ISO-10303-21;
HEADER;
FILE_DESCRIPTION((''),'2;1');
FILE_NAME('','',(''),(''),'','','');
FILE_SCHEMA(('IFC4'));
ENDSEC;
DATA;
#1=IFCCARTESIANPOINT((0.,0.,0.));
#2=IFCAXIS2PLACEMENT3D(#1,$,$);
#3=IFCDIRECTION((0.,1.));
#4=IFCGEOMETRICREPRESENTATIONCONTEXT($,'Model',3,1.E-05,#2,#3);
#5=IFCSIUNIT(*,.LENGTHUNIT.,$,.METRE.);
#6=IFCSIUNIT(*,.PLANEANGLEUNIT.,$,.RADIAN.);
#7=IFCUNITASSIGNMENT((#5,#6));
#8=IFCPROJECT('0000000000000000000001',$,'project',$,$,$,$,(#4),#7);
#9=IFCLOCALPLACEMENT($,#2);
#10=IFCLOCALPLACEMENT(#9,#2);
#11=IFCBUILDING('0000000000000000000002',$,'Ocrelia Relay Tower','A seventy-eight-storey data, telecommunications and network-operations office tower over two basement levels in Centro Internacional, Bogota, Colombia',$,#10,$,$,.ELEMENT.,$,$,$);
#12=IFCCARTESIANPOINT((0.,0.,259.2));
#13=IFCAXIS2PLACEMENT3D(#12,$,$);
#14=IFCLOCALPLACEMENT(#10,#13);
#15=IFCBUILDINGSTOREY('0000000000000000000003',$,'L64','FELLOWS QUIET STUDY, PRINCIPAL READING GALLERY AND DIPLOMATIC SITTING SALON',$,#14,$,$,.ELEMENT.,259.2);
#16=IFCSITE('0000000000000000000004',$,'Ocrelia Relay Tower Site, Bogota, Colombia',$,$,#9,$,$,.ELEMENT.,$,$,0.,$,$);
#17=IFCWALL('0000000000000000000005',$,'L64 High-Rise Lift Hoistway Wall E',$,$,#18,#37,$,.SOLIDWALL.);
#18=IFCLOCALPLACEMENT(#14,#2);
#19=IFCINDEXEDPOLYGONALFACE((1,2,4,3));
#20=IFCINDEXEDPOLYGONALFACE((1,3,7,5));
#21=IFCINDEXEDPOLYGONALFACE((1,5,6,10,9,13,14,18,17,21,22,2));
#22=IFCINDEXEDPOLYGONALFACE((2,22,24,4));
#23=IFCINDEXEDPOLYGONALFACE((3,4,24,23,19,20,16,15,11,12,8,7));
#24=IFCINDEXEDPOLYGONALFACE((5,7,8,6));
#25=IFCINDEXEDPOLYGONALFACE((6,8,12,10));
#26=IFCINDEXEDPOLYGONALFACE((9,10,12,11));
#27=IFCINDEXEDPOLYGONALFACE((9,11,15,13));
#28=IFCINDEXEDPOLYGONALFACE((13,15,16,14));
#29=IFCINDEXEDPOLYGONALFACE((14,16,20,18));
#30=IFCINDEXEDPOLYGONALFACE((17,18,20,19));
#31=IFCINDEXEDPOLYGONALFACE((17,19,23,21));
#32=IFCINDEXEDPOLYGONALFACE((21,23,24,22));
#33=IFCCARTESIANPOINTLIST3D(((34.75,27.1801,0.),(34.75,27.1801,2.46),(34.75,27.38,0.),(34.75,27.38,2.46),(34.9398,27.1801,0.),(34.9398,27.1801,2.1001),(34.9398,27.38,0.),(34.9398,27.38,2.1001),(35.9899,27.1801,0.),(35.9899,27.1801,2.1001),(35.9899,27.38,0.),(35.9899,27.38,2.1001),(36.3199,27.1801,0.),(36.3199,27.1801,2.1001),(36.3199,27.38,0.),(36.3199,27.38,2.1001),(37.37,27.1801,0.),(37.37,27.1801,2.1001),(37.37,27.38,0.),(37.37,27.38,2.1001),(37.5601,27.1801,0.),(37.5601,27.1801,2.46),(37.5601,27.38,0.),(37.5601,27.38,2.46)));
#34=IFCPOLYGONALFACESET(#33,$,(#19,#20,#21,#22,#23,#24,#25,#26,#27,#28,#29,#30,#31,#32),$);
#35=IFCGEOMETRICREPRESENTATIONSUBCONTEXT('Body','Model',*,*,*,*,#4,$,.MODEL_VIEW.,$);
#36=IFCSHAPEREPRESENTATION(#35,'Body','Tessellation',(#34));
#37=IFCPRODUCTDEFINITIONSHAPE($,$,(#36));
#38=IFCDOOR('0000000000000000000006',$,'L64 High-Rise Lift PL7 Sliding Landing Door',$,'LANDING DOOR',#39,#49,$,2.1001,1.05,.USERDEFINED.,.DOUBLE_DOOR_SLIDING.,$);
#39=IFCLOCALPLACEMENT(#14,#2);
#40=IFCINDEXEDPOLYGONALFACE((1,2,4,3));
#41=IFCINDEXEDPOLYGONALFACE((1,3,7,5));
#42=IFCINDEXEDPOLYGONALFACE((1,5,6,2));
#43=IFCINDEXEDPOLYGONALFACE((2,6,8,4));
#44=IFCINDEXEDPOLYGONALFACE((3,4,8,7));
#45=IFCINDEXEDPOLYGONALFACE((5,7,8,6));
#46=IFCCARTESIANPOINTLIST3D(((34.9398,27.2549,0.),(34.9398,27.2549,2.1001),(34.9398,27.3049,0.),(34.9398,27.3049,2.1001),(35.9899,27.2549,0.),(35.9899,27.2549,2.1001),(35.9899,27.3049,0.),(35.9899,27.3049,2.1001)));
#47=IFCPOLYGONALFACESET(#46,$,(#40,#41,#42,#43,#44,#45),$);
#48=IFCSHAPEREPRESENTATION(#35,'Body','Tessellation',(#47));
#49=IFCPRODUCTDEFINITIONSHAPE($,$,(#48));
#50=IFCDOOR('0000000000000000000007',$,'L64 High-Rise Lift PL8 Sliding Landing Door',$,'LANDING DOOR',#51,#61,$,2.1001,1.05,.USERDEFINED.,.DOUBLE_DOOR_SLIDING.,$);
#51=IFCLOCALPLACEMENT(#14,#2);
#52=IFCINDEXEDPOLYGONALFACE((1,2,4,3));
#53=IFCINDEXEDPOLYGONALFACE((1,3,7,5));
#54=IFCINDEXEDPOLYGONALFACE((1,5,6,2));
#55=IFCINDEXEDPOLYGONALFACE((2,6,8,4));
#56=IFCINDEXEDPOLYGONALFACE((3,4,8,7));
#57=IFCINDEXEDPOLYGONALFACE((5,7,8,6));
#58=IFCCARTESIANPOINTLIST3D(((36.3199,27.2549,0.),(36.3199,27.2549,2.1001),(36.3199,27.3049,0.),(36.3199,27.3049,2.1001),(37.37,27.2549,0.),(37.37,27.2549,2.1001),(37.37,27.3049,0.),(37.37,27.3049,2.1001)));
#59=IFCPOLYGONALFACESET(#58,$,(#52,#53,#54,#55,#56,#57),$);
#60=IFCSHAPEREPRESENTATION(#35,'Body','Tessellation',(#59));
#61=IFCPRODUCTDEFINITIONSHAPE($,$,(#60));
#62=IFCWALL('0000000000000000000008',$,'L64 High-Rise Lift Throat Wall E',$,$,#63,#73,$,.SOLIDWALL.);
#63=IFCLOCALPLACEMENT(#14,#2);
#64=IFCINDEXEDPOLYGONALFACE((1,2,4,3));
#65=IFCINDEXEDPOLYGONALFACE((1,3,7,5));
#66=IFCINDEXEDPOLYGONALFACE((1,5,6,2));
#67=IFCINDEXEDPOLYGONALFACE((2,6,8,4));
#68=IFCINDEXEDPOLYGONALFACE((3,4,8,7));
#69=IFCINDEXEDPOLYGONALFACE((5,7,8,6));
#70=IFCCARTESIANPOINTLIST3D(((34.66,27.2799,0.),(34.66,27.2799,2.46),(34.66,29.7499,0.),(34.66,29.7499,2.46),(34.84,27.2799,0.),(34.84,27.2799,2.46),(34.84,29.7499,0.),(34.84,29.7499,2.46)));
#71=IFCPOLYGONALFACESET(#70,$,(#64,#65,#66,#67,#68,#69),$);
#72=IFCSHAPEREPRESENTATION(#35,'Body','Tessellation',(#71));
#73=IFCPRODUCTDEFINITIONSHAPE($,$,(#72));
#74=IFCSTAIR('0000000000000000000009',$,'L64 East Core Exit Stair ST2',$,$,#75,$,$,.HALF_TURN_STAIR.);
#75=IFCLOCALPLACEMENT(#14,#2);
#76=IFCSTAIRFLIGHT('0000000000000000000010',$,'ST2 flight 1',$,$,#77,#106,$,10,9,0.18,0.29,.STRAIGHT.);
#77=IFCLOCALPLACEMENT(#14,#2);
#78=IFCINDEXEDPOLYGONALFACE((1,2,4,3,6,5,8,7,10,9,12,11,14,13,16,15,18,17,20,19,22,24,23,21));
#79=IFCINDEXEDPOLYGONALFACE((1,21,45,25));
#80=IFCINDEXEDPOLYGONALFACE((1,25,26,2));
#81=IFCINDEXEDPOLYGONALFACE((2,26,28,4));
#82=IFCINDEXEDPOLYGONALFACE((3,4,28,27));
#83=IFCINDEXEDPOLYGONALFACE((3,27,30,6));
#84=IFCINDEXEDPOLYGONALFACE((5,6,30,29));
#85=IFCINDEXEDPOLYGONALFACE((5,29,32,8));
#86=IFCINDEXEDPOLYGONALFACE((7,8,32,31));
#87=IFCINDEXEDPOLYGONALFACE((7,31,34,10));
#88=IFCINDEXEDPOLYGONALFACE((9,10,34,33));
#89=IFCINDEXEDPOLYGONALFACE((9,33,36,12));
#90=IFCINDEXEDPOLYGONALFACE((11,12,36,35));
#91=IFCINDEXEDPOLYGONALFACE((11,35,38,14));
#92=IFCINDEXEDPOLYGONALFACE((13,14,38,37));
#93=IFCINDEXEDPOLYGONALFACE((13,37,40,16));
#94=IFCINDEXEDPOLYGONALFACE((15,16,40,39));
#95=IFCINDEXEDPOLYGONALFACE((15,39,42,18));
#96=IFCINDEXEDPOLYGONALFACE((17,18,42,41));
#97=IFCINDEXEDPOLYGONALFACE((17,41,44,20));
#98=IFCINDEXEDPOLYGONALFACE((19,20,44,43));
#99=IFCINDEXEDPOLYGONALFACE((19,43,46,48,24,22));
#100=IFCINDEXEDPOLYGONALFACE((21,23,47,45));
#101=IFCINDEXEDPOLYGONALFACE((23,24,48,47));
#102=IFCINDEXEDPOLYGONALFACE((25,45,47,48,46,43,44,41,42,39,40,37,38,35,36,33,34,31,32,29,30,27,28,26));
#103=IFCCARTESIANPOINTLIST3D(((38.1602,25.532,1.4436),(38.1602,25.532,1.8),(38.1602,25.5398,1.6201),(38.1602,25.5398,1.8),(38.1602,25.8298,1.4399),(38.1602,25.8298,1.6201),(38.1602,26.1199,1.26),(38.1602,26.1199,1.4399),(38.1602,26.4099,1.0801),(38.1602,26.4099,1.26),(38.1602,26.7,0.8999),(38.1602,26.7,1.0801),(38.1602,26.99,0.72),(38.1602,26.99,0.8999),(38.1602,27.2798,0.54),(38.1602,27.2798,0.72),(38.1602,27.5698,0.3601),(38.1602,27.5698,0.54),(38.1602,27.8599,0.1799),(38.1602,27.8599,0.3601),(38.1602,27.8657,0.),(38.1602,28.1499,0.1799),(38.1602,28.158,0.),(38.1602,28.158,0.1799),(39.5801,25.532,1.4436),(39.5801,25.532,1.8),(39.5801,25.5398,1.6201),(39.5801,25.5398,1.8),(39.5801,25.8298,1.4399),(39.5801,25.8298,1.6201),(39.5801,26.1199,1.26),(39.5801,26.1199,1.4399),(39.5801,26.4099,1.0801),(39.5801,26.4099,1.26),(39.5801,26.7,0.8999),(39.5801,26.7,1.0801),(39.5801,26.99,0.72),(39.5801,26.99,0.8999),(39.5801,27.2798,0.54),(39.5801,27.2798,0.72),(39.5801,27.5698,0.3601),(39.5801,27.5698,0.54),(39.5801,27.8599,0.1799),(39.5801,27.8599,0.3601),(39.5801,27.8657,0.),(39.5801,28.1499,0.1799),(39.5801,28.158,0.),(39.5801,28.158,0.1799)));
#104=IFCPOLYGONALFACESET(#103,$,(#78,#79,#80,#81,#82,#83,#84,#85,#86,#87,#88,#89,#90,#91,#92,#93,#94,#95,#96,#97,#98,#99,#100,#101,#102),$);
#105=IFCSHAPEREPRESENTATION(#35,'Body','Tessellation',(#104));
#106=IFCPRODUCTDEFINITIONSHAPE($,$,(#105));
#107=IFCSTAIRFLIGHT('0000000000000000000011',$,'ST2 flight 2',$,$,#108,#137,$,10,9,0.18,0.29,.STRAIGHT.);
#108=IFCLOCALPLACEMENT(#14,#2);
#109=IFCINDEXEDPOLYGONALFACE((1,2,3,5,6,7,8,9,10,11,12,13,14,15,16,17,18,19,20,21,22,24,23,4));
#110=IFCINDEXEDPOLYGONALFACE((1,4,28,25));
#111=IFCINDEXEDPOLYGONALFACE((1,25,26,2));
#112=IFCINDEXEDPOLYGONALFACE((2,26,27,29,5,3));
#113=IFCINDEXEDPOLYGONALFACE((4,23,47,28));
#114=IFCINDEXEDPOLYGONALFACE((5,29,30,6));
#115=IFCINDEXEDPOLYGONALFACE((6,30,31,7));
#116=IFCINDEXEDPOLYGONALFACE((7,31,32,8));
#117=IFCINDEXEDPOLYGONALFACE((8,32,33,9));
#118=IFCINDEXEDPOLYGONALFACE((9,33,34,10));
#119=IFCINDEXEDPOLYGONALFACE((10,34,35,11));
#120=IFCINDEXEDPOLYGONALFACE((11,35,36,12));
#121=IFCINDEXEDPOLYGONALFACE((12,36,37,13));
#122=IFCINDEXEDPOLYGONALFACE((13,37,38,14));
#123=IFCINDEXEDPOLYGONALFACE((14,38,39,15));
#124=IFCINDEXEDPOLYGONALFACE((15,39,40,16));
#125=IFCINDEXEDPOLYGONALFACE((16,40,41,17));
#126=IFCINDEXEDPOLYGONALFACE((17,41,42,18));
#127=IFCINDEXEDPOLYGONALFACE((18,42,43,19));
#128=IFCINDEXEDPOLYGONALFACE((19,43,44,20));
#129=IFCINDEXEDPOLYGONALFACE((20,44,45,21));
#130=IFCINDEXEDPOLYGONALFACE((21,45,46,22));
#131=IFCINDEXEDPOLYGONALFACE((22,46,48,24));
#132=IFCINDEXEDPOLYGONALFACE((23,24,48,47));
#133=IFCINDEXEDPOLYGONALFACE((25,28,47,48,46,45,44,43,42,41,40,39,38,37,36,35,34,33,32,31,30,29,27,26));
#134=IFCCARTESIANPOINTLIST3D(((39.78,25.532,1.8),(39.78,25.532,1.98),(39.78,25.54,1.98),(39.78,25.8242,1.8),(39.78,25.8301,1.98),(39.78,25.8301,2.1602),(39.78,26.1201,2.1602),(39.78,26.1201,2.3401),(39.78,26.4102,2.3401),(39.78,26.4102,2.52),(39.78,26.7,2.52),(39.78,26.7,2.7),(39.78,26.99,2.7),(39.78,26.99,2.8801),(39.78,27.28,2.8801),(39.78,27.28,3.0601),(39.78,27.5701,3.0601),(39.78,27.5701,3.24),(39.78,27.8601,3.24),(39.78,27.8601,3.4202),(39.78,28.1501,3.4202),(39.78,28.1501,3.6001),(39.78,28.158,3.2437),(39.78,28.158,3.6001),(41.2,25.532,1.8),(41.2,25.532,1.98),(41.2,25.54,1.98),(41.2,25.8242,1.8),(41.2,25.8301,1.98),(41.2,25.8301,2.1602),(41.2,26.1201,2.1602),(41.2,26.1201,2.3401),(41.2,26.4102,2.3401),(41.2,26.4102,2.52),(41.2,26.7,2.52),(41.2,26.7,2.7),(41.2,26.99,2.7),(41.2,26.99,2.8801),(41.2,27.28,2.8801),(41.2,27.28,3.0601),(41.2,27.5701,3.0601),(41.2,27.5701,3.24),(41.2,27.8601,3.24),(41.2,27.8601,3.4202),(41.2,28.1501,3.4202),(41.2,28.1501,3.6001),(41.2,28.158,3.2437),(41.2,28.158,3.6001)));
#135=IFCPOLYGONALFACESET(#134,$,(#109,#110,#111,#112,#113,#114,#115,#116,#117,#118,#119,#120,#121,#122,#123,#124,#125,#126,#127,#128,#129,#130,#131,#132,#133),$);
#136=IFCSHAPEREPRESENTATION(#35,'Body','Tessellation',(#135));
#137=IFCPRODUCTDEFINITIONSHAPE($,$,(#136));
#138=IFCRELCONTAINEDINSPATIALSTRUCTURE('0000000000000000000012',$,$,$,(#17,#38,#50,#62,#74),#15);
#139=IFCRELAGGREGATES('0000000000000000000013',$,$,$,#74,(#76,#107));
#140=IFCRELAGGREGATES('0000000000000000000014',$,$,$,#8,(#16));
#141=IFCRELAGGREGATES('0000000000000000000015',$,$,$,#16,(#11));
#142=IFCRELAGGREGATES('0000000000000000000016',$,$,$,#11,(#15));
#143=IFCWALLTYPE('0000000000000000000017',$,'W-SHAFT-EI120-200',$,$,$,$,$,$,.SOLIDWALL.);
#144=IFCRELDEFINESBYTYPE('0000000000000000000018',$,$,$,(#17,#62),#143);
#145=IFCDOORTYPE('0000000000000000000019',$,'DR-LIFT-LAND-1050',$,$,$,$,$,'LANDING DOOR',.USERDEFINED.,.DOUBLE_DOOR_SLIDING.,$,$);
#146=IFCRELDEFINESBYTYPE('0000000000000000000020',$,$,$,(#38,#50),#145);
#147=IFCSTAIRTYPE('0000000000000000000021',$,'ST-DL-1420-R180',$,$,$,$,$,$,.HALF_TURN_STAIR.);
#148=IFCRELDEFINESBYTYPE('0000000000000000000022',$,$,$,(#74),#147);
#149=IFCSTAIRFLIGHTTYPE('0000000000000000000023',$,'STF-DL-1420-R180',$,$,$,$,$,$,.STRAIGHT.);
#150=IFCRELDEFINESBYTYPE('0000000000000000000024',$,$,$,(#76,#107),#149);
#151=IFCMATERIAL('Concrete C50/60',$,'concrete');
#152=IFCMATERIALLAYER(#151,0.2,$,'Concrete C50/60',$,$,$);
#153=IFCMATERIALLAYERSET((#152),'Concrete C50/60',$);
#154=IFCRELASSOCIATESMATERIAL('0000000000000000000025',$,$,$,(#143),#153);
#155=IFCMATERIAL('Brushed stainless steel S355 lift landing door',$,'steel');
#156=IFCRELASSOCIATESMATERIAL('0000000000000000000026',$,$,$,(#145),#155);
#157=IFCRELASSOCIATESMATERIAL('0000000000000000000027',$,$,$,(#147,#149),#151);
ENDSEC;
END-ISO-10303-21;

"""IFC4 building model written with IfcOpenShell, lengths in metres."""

from ifc_helpers import new_model, si_unit, direction, frame, frame_2d, origin, place, context, subcontext, project, spatial, polyline, rectangle, outline, extrude, material, layer, layer_set, type_object, element, fill, aggregate, save


model = new_model("IFC4")

# Units and contexts
model_context = context("Model", 3, precision=1e-05, world=origin(), true_north=direction((0.0, 1.0)))
body_context = subcontext(model_context, "Body", "Model", "MODEL_VIEW")
ifc_project = project(units=[si_unit("LENGTHUNIT", "METRE"), si_unit("PLANEANGLEUNIT", "RADIAN")], contexts=[model_context])

# Site, building, storey
site_placement = place(None, origin())
site = spatial("IfcSite", under=ifc_project, at=site_placement, Name="Ocrelia Relay Tower Site, Bogota, Colombia", CompositionType="ELEMENT", RefElevation=0.0)
building_placement = place(site_placement, origin())
building = spatial("IfcBuilding", under=site, at=building_placement, Name="Ocrelia Relay Tower", Description="A seventy-eight-storey data, telecommunications and network-operations office tower over two basement levels in Centro Internacional, Bogota, Colombia", CompositionType="ELEMENT")
storey_placement = place(building_placement, frame((0.0, 0.0, 259.2)))
storey = spatial("IfcBuildingStorey", under=building, at=storey_placement, Name="L64", Description="FELLOWS QUIET STUDY, PRINCIPAL READING GALLERY AND DIPLOMATIC SITTING SALON", CompositionType="ELEMENT", Elevation=259.2)

# Shared definitions
ifc_material_1 = material(Name="Concrete C50/60", Category="concrete")
ifc_layer_1 = layer(ifc_material_1, 0.2, Name="Concrete C50/60")
ifc_layer_set_1 = layer_set([ifc_layer_1], Name="Concrete C50/60")
wall_type_1 = type_object("IfcWallType", Name="W-SHAFT-EI120-200", PredefinedType="SOLIDWALL", material=ifc_layer_set_1)

# Wall, openings, doors
wall_1_placement = place(storey_placement, frame((34.75, 27.28, 0.0), z_axis=(0.0, 0.0, 1.0), x_axis=(1.0, 0.0, 0.0)))
wall_1 = element("IfcWall", 1, at=wall_1_placement, inside=storey, type_object=wall_type_1, Name="L64 High-Rise Lift Hoistway Wall E", PredefinedType="SOLIDWALL", context=body_context, shape_type="SweptSolid", body=[
    extrude(rectangle(XDim=2.8101, YDim=0.2, at=frame_2d((1.405, 0.0))), origin(), (0.0, 0.0, 1.0), 2.46),
])
opening_1_placement = place(wall_1_placement, frame((0.1899, 0.0, 0.0)))
opening_1 = element("IfcOpeningElement", 2, at=opening_1_placement, cuts=wall_1, PredefinedType="OPENING", context=body_context, shape_type="SweptSolid", body=[
    extrude(rectangle(XDim=1.05, YDim=2.1001, at=frame_2d((0.5249, 1.05))), frame((0.0, 0.1099, 0.0), z_axis=(0.0, -1.0, 0.0), x_axis=(1.0, 0.0, 0.0)), (0.0, 0.0, 1.0), 0.22),
])
opening_2_placement = place(wall_1_placement, frame((1.5701, 0.0, 0.0)))
opening_2 = element("IfcOpeningElement", 3, at=opening_2_placement, cuts=wall_1, PredefinedType="OPENING", context=body_context, shape_type="SweptSolid", body=[
    extrude(rectangle(XDim=1.05, YDim=2.1001, at=frame_2d((0.5249, 1.05))), frame((0.0, 0.1099, 0.0), z_axis=(0.0, -1.0, 0.0), x_axis=(1.0, 0.0, 0.0)), (0.0, 0.0, 1.0), 0.22),
])
ifc_material_2 = material(Name="Brushed stainless steel S355 lift landing door", Category="steel")
door_type = type_object("IfcDoorType", Name="DR-LIFT-LAND-1050", ElementType="LANDING DOOR", OperationType="DOUBLE_DOOR_SLIDING", PredefinedType="USERDEFINED", material=ifc_material_2)
door_1_placement = place(opening_1_placement, origin())
door_1 = element("IfcDoor", 4, at=door_1_placement, inside=storey, type_object=door_type, Name="L64 High-Rise Lift PL7 Sliding Landing Door", ObjectType="LANDING DOOR", OperationType="DOUBLE_DOOR_SLIDING", OverallHeight=2.1001, OverallWidth=1.05, PredefinedType="USERDEFINED", context=body_context, shape_type="SweptSolid", body=[
    extrude(rectangle(XDim=1.05, YDim=2.1001, at=frame_2d((0.5249, 1.05))), frame((0.0, 0.0249, 0.0), z_axis=(0.0, -1.0, 0.0), x_axis=(1.0, 0.0, 0.0)), (0.0, 0.0, 1.0), 0.05),
])
fill(opening_1, door_1)
door_2_placement = place(opening_2_placement, origin())
door_2 = element("IfcDoor", 5, at=door_2_placement, inside=storey, type_object=door_type, Name="L64 High-Rise Lift PL8 Sliding Landing Door", ObjectType="LANDING DOOR", OperationType="DOUBLE_DOOR_SLIDING", OverallHeight=2.1001, OverallWidth=1.05, PredefinedType="USERDEFINED", context=body_context, shape_type="SweptSolid", body=[
    extrude(rectangle(XDim=1.05, YDim=2.1001, at=frame_2d((0.5249, 1.05))), frame((0.0, 0.0249, 0.0), z_axis=(0.0, -1.0, 0.0), x_axis=(1.0, 0.0, 0.0)), (0.0, 0.0, 1.0), 0.05),
])
fill(opening_2, door_2)

# Wall
wall_2_placement = place(storey_placement, frame((34.75, 27.28, 0.0), z_axis=(0.0, 0.0, 1.0), x_axis=(0.0, 1.0, 0.0)))
element("IfcWall", 6, at=wall_2_placement, inside=storey, type_object=wall_type_1, Name="L64 High-Rise Lift Throat Wall E", PredefinedType="SOLIDWALL", context=body_context, shape_type="SweptSolid", body=[
    extrude(rectangle(XDim=2.47, YDim=0.1799, at=frame_2d((1.2349, 0.0))), origin(), (0.0, 0.0, 1.0), 2.46),
])

# Stair, stair flights
stair_type = type_object("IfcStairType", Name="ST-DL-1420-R180", PredefinedType="HALF_TURN_STAIR", material=ifc_material_1)
stair_placement = place(storey_placement, origin())
stair = element("IfcStair", 7, at=stair_placement, inside=storey, type_object=stair_type, Name="L64 East Core Exit Stair ST2", PredefinedType="HALF_TURN_STAIR")
stair_flight_type = type_object("IfcStairFlightType", Name="STF-DL-1420-R180", PredefinedType="STRAIGHT", material=ifc_material_1)
stair_flight_1_placement = place(storey_placement, frame((38.8701, 28.1499, 0.0), z_axis=(0.0, 0.0, 1.0), x_axis=(0.0, -1.0, 0.0)))
stair_flight_1 = element("IfcStairFlight", 8, at=stair_flight_1_placement, type_object=stair_flight_type, Name="ST2 flight 1", NumberOfRisers=10, NumberOfTreads=9, PredefinedType="STRAIGHT", RiserHeight=0.18, TreadLength=0.29, context=body_context, shape_type="SweptSolid", body=[
    extrude(outline(polyline([(-0.0081, 0.0), (-0.0081, 0.1799), (0.0, 0.1799), (0.29, 0.1799), (0.29, 0.3601), (0.5801, 0.3601), (0.5801, 0.54), (0.8701, 0.54), (0.8701, 0.72), (1.1599, 0.72), (1.1599, 0.8999), (1.45, 0.8999), (1.45, 1.0801), (1.74, 1.0801), (1.74, 1.26), (2.03, 1.26), (2.03, 1.4399), (2.3201, 1.4399), (2.3201, 1.6201), (2.6101, 1.6201), (2.6101, 1.8), (2.6179, 1.8), (2.6179, 1.4436), (0.2842, 0.0), (-0.0081, 0.0)])), frame((0.0, 0.71, 0.0), z_axis=(0.0, -1.0, 0.0), x_axis=(1.0, 0.0, 0.0)), (0.0, 0.0, 1.0), 1.4199),
])
stair_flight_2_placement = place(storey_placement, frame((40.49, 25.54, 1.8), z_axis=(0.0, 0.0, 1.0), x_axis=(0.0, 1.0, 0.0)))
stair_flight_2 = element("IfcStairFlight", 9, at=stair_flight_2_placement, type_object=stair_flight_type, Name="ST2 flight 2", NumberOfRisers=10, NumberOfTreads=9, PredefinedType="STRAIGHT", RiserHeight=0.18, TreadLength=0.29, context=body_context, shape_type="SweptSolid", body=[
    extrude(outline(polyline([(-0.0081, 0.0), (-0.0081, 0.1799), (0.0, 0.1799), (0.29, 0.1799), (0.29, 0.3601), (0.5801, 0.3601), (0.5801, 0.54), (0.8701, 0.54), (0.8701, 0.72), (1.1599, 0.72), (1.1599, 0.8999), (1.45, 0.8999), (1.45, 1.0801), (1.74, 1.0801), (1.74, 1.26), (2.03, 1.26), (2.03, 1.4399), (2.3201, 1.4399), (2.3201, 1.6201), (2.6101, 1.6201), (2.6101, 1.8), (2.6179, 1.8), (2.6179, 1.4436), (0.2842, 0.0), (-0.0081, 0.0)])), frame((0.0, 0.71, 0.0), z_axis=(0.0, -1.0, 0.0), x_axis=(1.0, 0.0, 0.0)), (0.0, 0.0, 1.0), 1.4199),
])
aggregate(stair, [stair_flight_1, stair_flight_2])

save(model, "model.ifc")
